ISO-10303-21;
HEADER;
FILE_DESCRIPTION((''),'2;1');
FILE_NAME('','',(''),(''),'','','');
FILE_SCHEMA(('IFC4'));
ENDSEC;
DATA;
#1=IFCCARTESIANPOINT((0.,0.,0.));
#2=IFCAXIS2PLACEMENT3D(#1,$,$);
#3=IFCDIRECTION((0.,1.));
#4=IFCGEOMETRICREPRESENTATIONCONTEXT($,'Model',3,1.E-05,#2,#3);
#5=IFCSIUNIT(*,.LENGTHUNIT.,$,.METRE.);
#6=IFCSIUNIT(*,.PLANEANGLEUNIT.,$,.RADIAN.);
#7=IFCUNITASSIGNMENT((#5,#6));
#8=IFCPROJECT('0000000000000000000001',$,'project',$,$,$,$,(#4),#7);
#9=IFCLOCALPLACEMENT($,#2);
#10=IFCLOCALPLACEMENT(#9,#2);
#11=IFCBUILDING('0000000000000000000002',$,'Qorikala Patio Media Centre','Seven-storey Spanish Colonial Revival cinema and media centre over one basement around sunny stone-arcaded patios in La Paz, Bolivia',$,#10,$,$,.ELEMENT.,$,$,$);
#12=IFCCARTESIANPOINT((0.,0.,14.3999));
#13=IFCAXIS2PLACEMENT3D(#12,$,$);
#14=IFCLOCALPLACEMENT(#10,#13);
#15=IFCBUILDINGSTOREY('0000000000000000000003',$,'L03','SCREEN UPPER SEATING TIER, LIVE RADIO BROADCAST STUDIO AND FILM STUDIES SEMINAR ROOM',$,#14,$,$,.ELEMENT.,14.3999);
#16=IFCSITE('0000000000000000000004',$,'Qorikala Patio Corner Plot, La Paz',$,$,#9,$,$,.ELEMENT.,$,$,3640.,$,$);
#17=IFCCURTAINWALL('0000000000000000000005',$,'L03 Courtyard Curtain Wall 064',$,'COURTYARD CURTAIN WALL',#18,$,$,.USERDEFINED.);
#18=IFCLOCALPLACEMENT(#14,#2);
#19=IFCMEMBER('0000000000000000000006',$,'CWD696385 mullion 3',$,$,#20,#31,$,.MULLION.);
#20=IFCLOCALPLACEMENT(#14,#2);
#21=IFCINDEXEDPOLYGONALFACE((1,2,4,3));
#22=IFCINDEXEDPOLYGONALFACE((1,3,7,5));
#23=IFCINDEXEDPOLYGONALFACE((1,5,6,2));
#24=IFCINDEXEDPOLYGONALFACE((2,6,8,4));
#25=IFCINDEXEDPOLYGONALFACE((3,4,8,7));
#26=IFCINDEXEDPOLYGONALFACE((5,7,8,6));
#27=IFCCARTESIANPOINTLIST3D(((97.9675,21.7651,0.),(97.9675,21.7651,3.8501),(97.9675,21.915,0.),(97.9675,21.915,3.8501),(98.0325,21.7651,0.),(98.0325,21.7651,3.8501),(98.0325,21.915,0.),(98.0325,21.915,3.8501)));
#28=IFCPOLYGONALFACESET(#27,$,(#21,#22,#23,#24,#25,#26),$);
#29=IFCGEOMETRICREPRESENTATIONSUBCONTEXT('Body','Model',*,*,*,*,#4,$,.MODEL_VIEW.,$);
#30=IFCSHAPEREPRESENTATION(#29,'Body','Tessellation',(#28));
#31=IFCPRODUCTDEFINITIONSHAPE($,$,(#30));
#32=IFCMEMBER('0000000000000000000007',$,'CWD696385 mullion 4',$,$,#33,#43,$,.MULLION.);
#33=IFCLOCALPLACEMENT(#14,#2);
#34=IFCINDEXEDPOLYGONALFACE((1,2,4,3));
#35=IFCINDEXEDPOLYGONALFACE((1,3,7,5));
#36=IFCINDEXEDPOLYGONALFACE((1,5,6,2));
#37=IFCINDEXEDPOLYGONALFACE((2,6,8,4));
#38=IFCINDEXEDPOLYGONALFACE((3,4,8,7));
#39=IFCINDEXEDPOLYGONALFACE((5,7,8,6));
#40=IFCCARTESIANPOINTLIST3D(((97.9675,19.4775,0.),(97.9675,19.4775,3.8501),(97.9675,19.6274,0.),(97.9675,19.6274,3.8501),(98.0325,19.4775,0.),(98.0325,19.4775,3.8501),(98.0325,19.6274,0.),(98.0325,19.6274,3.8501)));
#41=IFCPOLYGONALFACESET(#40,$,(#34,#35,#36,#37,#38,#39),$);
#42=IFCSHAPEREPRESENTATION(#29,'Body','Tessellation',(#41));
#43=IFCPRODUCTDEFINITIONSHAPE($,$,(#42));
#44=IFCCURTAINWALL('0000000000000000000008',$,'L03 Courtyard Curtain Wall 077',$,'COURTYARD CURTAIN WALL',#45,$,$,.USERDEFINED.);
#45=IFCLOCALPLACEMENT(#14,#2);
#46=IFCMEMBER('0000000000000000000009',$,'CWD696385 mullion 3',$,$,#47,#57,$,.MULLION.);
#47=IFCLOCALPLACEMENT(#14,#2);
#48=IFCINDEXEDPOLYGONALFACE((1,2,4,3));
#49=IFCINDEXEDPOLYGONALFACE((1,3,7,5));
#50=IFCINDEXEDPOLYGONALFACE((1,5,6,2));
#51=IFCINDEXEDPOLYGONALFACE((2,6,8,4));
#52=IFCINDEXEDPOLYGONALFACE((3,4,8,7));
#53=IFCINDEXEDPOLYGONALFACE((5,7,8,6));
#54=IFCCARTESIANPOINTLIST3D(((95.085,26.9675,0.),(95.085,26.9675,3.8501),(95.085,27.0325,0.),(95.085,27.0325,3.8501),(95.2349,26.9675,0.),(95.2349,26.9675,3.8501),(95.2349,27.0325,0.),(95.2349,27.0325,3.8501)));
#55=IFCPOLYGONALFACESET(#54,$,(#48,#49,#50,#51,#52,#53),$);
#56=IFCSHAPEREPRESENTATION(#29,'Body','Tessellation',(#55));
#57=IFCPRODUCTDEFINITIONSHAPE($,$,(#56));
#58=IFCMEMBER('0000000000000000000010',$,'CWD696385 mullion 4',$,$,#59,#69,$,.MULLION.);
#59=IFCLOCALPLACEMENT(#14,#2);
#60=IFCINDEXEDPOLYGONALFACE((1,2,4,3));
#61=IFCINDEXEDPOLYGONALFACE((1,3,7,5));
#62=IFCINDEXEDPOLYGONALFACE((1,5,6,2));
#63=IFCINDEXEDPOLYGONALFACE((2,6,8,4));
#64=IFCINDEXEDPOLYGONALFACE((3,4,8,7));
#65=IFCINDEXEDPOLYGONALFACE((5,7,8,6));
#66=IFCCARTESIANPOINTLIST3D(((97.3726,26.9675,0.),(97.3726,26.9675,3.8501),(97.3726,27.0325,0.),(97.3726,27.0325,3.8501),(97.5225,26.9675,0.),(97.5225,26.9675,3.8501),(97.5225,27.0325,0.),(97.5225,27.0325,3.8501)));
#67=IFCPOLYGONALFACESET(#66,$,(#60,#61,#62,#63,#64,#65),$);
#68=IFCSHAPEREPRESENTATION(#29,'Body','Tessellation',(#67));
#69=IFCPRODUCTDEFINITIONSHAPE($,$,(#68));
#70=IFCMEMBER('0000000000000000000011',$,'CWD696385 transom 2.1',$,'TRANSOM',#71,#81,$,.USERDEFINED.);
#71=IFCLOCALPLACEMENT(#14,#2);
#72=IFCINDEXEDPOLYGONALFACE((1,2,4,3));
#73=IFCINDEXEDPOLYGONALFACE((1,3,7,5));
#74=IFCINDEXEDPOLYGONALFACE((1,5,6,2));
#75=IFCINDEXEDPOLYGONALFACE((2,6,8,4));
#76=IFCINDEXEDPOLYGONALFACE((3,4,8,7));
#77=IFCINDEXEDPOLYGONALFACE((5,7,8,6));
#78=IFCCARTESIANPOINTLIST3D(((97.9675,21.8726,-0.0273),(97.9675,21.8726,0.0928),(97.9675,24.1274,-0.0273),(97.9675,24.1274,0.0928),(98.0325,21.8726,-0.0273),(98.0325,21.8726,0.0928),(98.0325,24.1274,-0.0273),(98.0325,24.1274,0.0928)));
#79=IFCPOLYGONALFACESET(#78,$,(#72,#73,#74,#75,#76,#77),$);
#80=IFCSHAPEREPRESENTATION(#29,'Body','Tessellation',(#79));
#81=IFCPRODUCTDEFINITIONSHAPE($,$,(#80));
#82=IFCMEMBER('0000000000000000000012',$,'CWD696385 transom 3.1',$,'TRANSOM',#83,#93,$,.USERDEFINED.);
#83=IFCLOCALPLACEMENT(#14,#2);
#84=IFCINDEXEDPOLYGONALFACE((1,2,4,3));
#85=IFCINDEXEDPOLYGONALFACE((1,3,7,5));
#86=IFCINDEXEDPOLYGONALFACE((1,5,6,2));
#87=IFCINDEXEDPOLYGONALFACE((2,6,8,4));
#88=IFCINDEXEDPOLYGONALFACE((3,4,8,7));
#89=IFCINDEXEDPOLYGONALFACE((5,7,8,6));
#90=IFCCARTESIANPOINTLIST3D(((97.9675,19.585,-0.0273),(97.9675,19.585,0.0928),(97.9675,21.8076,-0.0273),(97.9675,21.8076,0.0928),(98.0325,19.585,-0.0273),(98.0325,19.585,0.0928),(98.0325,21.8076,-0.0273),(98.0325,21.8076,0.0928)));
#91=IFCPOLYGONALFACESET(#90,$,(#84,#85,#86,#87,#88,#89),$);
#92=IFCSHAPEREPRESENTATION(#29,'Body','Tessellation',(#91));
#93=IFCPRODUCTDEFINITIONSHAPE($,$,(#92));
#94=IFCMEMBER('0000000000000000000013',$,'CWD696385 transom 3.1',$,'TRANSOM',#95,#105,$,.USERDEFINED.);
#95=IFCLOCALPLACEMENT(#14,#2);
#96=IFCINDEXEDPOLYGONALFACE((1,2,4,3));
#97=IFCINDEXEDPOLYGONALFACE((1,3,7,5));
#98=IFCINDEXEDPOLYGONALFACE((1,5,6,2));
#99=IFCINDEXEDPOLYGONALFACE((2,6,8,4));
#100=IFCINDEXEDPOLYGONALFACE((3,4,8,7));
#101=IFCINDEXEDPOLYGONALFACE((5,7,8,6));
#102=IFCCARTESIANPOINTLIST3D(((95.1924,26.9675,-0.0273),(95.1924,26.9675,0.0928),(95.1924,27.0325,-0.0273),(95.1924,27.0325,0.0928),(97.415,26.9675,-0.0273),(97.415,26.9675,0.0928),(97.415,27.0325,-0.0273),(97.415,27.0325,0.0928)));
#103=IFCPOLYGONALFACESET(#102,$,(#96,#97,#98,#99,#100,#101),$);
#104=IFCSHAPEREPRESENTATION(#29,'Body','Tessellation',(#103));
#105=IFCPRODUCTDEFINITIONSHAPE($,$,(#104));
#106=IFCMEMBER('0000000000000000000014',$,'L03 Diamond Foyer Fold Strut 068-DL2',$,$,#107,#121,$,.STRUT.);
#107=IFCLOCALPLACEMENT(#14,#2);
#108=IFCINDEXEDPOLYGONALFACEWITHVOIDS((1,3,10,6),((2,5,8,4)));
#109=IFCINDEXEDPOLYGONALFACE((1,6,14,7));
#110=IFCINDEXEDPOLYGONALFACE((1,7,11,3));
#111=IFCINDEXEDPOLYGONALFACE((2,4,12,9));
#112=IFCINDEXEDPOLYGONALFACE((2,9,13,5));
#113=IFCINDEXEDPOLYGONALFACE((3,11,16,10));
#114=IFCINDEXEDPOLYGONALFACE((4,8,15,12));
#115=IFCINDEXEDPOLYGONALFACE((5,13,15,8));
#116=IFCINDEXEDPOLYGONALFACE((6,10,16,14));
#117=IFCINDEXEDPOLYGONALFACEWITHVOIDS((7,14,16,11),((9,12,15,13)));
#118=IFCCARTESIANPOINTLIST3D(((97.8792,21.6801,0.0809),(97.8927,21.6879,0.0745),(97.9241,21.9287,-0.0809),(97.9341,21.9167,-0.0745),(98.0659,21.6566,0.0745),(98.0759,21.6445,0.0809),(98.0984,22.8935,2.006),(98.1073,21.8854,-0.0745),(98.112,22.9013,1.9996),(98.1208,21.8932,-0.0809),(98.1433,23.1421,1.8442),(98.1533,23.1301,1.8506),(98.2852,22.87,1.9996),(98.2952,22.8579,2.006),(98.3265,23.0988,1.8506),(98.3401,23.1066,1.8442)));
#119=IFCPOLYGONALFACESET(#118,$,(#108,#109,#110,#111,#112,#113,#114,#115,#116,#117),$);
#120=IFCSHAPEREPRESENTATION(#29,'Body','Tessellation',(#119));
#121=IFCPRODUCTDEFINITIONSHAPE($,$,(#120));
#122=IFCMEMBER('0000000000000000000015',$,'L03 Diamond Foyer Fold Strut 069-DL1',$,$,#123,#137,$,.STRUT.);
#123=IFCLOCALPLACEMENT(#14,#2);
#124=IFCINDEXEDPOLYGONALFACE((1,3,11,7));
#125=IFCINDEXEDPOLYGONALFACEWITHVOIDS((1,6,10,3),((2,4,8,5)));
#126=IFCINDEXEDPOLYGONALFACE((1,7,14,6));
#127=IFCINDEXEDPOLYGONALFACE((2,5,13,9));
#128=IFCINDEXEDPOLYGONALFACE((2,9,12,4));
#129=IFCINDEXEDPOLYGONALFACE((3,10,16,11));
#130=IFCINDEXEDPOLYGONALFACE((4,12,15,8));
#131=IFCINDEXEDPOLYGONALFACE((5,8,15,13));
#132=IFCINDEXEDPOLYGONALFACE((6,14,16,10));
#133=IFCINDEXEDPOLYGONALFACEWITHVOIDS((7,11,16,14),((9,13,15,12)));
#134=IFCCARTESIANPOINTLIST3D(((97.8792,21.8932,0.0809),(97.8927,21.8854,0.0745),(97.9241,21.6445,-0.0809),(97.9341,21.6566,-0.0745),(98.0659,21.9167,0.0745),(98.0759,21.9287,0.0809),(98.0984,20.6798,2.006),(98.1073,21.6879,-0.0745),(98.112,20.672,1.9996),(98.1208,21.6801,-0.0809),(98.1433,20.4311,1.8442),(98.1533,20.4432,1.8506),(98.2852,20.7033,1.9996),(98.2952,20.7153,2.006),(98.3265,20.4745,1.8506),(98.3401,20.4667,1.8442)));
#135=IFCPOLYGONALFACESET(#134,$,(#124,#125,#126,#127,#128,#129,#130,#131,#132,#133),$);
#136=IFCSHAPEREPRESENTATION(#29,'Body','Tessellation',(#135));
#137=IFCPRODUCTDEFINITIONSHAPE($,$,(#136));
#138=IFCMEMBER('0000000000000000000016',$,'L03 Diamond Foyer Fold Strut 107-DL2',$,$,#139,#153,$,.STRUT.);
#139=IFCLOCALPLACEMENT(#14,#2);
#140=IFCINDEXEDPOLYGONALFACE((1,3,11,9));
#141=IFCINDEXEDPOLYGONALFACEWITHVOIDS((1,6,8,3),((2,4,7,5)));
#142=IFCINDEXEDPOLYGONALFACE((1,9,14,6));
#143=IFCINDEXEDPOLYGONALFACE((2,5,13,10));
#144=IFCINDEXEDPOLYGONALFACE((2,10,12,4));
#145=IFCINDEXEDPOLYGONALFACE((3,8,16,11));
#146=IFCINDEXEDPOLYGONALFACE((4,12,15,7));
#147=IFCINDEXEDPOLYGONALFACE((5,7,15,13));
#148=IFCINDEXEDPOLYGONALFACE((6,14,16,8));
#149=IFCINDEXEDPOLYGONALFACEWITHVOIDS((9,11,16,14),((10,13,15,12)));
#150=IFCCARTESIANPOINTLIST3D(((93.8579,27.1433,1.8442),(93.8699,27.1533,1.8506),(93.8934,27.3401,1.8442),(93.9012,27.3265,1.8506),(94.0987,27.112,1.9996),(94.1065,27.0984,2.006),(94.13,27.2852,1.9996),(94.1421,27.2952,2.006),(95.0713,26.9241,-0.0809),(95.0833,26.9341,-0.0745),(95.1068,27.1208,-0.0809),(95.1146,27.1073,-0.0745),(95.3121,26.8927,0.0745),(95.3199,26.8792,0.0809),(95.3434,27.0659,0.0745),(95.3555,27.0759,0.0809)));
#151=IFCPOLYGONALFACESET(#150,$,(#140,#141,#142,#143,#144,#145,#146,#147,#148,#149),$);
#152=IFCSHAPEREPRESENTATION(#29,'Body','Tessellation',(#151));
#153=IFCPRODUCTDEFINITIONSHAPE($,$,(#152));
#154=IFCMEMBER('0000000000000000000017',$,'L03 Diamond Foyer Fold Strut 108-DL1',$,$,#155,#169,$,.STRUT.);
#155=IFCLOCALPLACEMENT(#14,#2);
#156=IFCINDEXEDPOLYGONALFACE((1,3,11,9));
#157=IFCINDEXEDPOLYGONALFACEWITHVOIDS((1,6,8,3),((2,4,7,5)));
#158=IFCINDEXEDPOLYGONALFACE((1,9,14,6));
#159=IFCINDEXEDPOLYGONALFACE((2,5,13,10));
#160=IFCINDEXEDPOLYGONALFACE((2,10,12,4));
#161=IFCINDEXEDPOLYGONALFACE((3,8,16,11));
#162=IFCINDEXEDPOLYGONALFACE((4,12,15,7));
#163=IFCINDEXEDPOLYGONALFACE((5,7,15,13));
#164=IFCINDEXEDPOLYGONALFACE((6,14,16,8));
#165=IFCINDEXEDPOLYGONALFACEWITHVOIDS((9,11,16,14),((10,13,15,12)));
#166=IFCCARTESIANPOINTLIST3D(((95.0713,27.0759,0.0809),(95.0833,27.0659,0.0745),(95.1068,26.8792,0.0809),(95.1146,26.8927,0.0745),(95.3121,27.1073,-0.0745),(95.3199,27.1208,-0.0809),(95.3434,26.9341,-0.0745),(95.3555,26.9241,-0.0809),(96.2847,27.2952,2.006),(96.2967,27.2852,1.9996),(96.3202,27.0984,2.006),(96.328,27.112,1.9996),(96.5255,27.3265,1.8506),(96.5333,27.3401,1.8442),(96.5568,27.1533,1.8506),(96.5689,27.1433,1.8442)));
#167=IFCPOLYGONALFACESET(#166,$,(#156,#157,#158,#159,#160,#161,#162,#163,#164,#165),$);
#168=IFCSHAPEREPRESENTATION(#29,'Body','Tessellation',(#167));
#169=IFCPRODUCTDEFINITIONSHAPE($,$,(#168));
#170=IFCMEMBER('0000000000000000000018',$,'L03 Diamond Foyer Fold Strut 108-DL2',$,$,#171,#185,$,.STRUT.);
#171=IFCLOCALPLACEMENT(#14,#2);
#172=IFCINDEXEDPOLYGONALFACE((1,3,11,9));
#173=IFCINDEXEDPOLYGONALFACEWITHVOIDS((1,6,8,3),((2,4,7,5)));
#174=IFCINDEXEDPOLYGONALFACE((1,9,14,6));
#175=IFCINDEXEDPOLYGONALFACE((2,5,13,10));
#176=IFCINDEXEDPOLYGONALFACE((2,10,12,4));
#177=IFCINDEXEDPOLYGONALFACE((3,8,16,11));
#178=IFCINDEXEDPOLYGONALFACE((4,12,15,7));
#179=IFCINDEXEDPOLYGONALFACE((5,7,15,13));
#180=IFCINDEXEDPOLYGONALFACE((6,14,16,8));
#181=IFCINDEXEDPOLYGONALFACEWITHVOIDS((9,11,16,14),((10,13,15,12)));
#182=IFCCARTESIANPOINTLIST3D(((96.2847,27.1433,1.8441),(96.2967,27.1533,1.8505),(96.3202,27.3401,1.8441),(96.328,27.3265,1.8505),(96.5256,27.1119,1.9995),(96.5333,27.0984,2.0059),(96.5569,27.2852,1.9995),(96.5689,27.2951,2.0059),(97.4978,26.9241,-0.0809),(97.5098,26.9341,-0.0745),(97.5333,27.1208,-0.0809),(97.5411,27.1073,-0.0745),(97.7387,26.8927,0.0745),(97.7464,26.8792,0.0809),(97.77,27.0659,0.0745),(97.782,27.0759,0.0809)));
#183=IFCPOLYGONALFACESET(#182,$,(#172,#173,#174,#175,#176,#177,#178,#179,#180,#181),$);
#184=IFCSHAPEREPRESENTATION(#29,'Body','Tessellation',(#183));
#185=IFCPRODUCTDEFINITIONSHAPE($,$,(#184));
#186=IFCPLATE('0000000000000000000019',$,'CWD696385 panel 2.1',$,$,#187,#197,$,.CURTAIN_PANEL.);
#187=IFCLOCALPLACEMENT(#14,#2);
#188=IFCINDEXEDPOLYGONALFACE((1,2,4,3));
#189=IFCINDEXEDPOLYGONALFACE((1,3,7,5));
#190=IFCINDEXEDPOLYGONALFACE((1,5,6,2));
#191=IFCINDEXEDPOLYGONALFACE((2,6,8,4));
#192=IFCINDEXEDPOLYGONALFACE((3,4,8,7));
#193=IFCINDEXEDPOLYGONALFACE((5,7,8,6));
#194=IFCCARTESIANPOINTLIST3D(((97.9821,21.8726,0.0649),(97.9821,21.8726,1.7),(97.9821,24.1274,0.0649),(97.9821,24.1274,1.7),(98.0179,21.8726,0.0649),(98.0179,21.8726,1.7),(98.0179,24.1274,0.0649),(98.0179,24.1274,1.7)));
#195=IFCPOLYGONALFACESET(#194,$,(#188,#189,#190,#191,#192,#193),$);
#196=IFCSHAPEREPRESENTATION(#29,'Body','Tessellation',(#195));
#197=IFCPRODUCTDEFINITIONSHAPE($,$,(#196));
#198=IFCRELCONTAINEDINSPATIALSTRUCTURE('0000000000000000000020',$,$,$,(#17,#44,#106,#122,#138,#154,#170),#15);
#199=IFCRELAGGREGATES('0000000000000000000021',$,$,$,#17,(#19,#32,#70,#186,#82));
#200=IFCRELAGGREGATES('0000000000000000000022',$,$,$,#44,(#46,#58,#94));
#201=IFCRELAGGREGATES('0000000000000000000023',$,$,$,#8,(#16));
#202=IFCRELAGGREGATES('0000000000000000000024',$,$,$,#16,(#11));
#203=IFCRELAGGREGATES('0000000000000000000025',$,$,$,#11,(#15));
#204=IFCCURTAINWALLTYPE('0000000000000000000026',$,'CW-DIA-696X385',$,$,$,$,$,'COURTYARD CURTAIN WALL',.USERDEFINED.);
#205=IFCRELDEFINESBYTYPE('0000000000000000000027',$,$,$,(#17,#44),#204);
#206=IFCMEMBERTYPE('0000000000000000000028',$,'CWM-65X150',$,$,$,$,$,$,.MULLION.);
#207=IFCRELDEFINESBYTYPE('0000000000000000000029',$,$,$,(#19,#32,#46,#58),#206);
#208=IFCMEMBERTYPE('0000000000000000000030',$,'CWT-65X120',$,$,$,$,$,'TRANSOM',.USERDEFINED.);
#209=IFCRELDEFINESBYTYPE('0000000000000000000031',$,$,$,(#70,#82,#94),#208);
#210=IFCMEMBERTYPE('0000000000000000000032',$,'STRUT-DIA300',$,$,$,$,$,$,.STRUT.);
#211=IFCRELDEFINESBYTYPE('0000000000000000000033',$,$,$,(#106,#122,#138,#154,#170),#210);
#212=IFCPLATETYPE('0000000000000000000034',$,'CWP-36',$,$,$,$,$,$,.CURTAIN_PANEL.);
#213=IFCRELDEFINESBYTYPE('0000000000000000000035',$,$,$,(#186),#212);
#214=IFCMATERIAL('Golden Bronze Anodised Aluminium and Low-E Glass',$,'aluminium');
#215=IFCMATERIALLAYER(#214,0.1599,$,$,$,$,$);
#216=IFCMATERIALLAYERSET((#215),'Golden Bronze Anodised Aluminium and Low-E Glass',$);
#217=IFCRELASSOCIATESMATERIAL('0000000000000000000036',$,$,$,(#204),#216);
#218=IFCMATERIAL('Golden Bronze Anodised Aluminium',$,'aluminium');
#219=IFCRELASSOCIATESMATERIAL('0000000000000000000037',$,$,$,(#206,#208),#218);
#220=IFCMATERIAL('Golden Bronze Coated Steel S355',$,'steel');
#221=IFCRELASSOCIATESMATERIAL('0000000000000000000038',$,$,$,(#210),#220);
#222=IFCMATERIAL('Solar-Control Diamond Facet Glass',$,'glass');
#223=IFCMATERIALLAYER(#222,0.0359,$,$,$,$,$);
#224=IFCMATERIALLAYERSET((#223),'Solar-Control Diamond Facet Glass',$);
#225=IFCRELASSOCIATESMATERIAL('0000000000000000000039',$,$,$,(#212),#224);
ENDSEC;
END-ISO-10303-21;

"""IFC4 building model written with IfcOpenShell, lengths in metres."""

from ifc_helpers import new_model, si_unit, direction, frame, origin, origin_2d, place, context, subcontext, project, spatial, rectangle, hollow_rectangle, extrude, material, layer, layer_set, material_profile, profile_set, type_object, element, aggregate, save


model = new_model("IFC4")

# Units and contexts
model_context = context("Model", 3, precision=1e-05, world=origin(), true_north=direction((0.0, 1.0)))
body_context = subcontext(model_context, "Body", "Model", "MODEL_VIEW")
ifc_project = project(units=[si_unit("LENGTHUNIT", "METRE"), si_unit("PLANEANGLEUNIT", "RADIAN")], contexts=[model_context])

# Site, building, storey
site_placement = place(None, origin())
site = spatial("IfcSite", under=ifc_project, at=site_placement, Name="Qorikala Patio Corner Plot, La Paz", CompositionType="ELEMENT", RefElevation=3640.0)
building_placement = place(site_placement, origin())
building = spatial("IfcBuilding", under=site, at=building_placement, Name="Qorikala Patio Media Centre", Description="Seven-storey Spanish Colonial Revival cinema and media centre over one basement around sunny stone-arcaded patios in La Paz, Bolivia", CompositionType="ELEMENT")
storey_placement = place(building_placement, frame((0.0, 0.0, 14.3999)))
storey = spatial("IfcBuildingStorey", under=building, at=storey_placement, Name="L03", Description="SCREEN UPPER SEATING TIER, LIVE RADIO BROADCAST STUDIO AND FILM STUDIES SEMINAR ROOM", CompositionType="ELEMENT", Elevation=14.3999)

# Curtain walls, members
ifc_material_1 = material(Name="Golden Bronze Anodised Aluminium and Low-E Glass", Category="aluminium")
ifc_layer_1 = layer(ifc_material_1, 0.1599)
ifc_layer_set_1 = layer_set([ifc_layer_1], Name="Golden Bronze Anodised Aluminium and Low-E Glass")
curtain_wall_type = type_object("IfcCurtainWallType", Name="CW-DIA-696X385", ElementType="COURTYARD CURTAIN WALL", PredefinedType="USERDEFINED", material=ifc_layer_set_1)
curtain_wall_1_placement = place(storey_placement, origin())
curtain_wall_1 = element("IfcCurtainWall", 1, at=curtain_wall_1_placement, inside=storey, type_object=curtain_wall_type, Name="L03 Courtyard Curtain Wall 064", ObjectType="COURTYARD CURTAIN WALL", PredefinedType="USERDEFINED")
ifc_material_2 = material(Name="Golden Bronze Anodised Aluminium", Category="aluminium")
ifc_material_profile_1 = material_profile(ifc_material_2, rectangle(XDim=0.0649, YDim=0.1499, at=origin_2d()), Name="ALU MULLION 65x150")
ifc_profile_set_1 = profile_set([ifc_material_profile_1], Name="Golden Bronze Anodised Aluminium")
member_type_1 = type_object("IfcMemberType", Name="CWM-65X150", PredefinedType="MULLION", material=ifc_profile_set_1)
member_1_placement = place(storey_placement, frame((98.0, 21.8401, 0.0), z_axis=(0.0, 0.0, 1.0), x_axis=(1.0, 0.0, 0.0)))
member_1 = element("IfcMember", 2, at=member_1_placement, type_object=member_type_1, Name="CWD696385 mullion 3", PredefinedType="MULLION", context=body_context, shape_type="SweptSolid", body=[
    extrude(rectangle(XDim=0.0649, YDim=0.1499, at=origin_2d()), origin(), (0.0, 0.0, 1.0), 3.8501),
])
member_2_placement = place(storey_placement, frame((98.0, 19.5525, 0.0), z_axis=(0.0, 0.0, 1.0), x_axis=(1.0, 0.0, 0.0)))
member_2 = element("IfcMember", 3, at=member_2_placement, type_object=member_type_1, Name="CWD696385 mullion 4", PredefinedType="MULLION", context=body_context, shape_type="SweptSolid", body=[
    extrude(rectangle(XDim=0.0649, YDim=0.1499, at=origin_2d()), origin(), (0.0, 0.0, 1.0), 3.8501),
])
curtain_wall_2_placement = place(storey_placement, origin())
curtain_wall_2 = element("IfcCurtainWall", 4, at=curtain_wall_2_placement, inside=storey, type_object=curtain_wall_type, Name="L03 Courtyard Curtain Wall 077", ObjectType="COURTYARD CURTAIN WALL", PredefinedType="USERDEFINED")
member_3_placement = place(storey_placement, frame((95.1599, 27.0, 0.0), z_axis=(0.0, 0.0, 1.0), x_axis=(0.0, 1.0, 0.0)))
member_3 = element("IfcMember", 5, at=member_3_placement, type_object=member_type_1, Name="CWD696385 mullion 3", PredefinedType="MULLION", context=body_context, shape_type="SweptSolid", body=[
    extrude(rectangle(XDim=0.0649, YDim=0.1499, at=origin_2d()), origin(), (0.0, 0.0, 1.0), 3.8501),
])
member_4_placement = place(storey_placement, frame((97.4475, 27.0, 0.0), z_axis=(0.0, 0.0, 1.0), x_axis=(0.0, 1.0, 0.0)))
member_4 = element("IfcMember", 6, at=member_4_placement, type_object=member_type_1, Name="CWD696385 mullion 4", PredefinedType="MULLION", context=body_context, shape_type="SweptSolid", body=[
    extrude(rectangle(XDim=0.0649, YDim=0.1499, at=origin_2d()), origin(), (0.0, 0.0, 1.0), 3.8501),
])

# Members
ifc_material_profile_2 = material_profile(ifc_material_2, rectangle(XDim=0.0649, YDim=0.1201, at=origin_2d()), Name="ALU TRANSOM 65x120")
ifc_profile_set_2 = profile_set([ifc_material_profile_2], Name="Golden Bronze Anodised Aluminium")
member_type_2 = type_object("IfcMemberType", Name="CWT-65X120", ElementType="TRANSOM", PredefinedType="USERDEFINED", material=ifc_profile_set_2)
member_5_placement = place(storey_placement, frame((98.0, 24.1274, 0.0327), z_axis=(0.0, -1.0, 0.0), x_axis=(1.0, 0.0, 0.0)))
member_5 = element("IfcMember", 7, at=member_5_placement, type_object=member_type_2, Name="CWD696385 transom 2.1", ObjectType="TRANSOM", PredefinedType="USERDEFINED", context=body_context, shape_type="SweptSolid", body=[
    extrude(rectangle(XDim=0.0649, YDim=0.1201, at=origin_2d()), origin(), (0.0, 0.0, 1.0), 2.2549),
])
member_6_placement = place(storey_placement, frame((98.0, 21.8076, 0.0327), z_axis=(0.0, -1.0, 0.0), x_axis=(1.0, 0.0, 0.0)))
member_6 = element("IfcMember", 8, at=member_6_placement, type_object=member_type_2, Name="CWD696385 transom 3.1", ObjectType="TRANSOM", PredefinedType="USERDEFINED", context=body_context, shape_type="SweptSolid", body=[
    extrude(rectangle(XDim=0.0649, YDim=0.1201, at=origin_2d()), origin(), (0.0, 0.0, 1.0), 2.2227),
])
member_7_placement = place(storey_placement, frame((95.1924, 27.0, 0.0327), z_axis=(1.0, 0.0, 0.0), x_axis=(0.0, 1.0, 0.0)))
member_7 = element("IfcMember", 9, at=member_7_placement, type_object=member_type_2, Name="CWD696385 transom 3.1", ObjectType="TRANSOM", PredefinedType="USERDEFINED", context=body_context, shape_type="SweptSolid", body=[
    extrude(rectangle(XDim=0.0649, YDim=0.1201, at=origin_2d()), origin(), (0.0, 0.0, 1.0), 2.2227),
])

# Members
ifc_material_3 = material(Name="Golden Bronze Coated Steel S355", Category="steel")
ifc_material_profile_3 = material_profile(ifc_material_3, hollow_rectangle(XDim=0.2, YDim=0.3, WallThickness=0.012, at=origin_2d()), Name="HSS300X200X12")
ifc_profile_set_3 = profile_set([ifc_material_profile_3], Name="Golden Bronze Coated Steel S355")
member_type_3 = type_object("IfcMemberType", Name="STRUT-DIA300", PredefinedType="STRUT", material=ifc_profile_set_3)
for number, where, z_axis, x_axis, name in (
    (10, (98.0, 21.7866, 0.0), (0.095901, 0.530768, 0.842074), (-0.984066, 0.177805, 0.0), "L03 Diamond Foyer Fold Strut 068-DL2"),
    (11, (98.0, 21.7866, 0.0), (0.095901, -0.530768, 0.842074), (0.984066, 0.177805, 0.0), "L03 Diamond Foyer Fold Strut 069-DL1"),
    (12, (95.2134, 27.0, 0.0), (-0.530768, 0.095901, 0.842074), (-0.177805, -0.984066, 0.0), "L03 Diamond Foyer Fold Strut 107-DL2"),
    (13, (95.2134, 27.0, 0.0), (0.530768, 0.095901, 0.842074), (-0.177805, 0.984066, 0.0), "L03 Diamond Foyer Fold Strut 108-DL1"),
):
    element("IfcMember", number, at=place(storey_placement, frame(where, z_axis=z_axis, x_axis=x_axis)), inside=storey, type_object=member_type_3, Name=name, PredefinedType="STRUT", context=body_context, shape_type="SweptSolid", body=[
        extrude(hollow_rectangle(XDim=0.2, YDim=0.3, WallThickness=0.012, at=origin_2d()), origin(), (0.0, 0.0, 1.0), 2.2861),
    ])
member_8_placement = place(storey_placement, frame((97.6399, 27.0, 0.0), z_axis=(-0.530691, 0.095907, 0.842121), x_axis=(-0.17784, -0.984059, 0.0)))
element("IfcMember", 14, at=member_8_placement, inside=storey, type_object=member_type_3, Name="L03 Diamond Foyer Fold Strut 108-DL2", PredefinedType="STRUT", context=body_context, shape_type="SweptSolid", body=[
    extrude(hollow_rectangle(XDim=0.2, YDim=0.3, WallThickness=0.012, at=origin_2d()), origin(), (0.0, 0.0, 1.0), 2.2859),
])

# Plate
ifc_material_4 = material(Name="Solar-Control Diamond Facet Glass", Category="glass")
ifc_layer_2 = layer(ifc_material_4, 0.0359)
ifc_layer_set_2 = layer_set([ifc_layer_2], Name="Solar-Control Diamond Facet Glass")
plate_type = type_object("IfcPlateType", Name="CWP-36", PredefinedType="CURTAIN_PANEL", material=ifc_layer_set_2)
plate_1_placement = place(storey_placement, frame((98.0, 23.0, 0.0649), z_axis=(0.0, 0.0, 1.0), x_axis=(0.0, -1.0, 0.0)))
plate_1 = element("IfcPlate", 15, at=plate_1_placement, type_object=plate_type, Name="CWD696385 panel 2.1", PredefinedType="CURTAIN_PANEL", context=body_context, shape_type="SweptSolid", body=[
    extrude(rectangle(XDim=2.2549, YDim=0.0359, at=origin_2d()), origin(), (0.0, 0.0, 1.0), 1.635),
])
aggregate(curtain_wall_1, [member_1, member_2, member_5, plate_1, member_6])
aggregate(curtain_wall_2, [member_3, member_4, member_7])

save(model, "model.ifc")
